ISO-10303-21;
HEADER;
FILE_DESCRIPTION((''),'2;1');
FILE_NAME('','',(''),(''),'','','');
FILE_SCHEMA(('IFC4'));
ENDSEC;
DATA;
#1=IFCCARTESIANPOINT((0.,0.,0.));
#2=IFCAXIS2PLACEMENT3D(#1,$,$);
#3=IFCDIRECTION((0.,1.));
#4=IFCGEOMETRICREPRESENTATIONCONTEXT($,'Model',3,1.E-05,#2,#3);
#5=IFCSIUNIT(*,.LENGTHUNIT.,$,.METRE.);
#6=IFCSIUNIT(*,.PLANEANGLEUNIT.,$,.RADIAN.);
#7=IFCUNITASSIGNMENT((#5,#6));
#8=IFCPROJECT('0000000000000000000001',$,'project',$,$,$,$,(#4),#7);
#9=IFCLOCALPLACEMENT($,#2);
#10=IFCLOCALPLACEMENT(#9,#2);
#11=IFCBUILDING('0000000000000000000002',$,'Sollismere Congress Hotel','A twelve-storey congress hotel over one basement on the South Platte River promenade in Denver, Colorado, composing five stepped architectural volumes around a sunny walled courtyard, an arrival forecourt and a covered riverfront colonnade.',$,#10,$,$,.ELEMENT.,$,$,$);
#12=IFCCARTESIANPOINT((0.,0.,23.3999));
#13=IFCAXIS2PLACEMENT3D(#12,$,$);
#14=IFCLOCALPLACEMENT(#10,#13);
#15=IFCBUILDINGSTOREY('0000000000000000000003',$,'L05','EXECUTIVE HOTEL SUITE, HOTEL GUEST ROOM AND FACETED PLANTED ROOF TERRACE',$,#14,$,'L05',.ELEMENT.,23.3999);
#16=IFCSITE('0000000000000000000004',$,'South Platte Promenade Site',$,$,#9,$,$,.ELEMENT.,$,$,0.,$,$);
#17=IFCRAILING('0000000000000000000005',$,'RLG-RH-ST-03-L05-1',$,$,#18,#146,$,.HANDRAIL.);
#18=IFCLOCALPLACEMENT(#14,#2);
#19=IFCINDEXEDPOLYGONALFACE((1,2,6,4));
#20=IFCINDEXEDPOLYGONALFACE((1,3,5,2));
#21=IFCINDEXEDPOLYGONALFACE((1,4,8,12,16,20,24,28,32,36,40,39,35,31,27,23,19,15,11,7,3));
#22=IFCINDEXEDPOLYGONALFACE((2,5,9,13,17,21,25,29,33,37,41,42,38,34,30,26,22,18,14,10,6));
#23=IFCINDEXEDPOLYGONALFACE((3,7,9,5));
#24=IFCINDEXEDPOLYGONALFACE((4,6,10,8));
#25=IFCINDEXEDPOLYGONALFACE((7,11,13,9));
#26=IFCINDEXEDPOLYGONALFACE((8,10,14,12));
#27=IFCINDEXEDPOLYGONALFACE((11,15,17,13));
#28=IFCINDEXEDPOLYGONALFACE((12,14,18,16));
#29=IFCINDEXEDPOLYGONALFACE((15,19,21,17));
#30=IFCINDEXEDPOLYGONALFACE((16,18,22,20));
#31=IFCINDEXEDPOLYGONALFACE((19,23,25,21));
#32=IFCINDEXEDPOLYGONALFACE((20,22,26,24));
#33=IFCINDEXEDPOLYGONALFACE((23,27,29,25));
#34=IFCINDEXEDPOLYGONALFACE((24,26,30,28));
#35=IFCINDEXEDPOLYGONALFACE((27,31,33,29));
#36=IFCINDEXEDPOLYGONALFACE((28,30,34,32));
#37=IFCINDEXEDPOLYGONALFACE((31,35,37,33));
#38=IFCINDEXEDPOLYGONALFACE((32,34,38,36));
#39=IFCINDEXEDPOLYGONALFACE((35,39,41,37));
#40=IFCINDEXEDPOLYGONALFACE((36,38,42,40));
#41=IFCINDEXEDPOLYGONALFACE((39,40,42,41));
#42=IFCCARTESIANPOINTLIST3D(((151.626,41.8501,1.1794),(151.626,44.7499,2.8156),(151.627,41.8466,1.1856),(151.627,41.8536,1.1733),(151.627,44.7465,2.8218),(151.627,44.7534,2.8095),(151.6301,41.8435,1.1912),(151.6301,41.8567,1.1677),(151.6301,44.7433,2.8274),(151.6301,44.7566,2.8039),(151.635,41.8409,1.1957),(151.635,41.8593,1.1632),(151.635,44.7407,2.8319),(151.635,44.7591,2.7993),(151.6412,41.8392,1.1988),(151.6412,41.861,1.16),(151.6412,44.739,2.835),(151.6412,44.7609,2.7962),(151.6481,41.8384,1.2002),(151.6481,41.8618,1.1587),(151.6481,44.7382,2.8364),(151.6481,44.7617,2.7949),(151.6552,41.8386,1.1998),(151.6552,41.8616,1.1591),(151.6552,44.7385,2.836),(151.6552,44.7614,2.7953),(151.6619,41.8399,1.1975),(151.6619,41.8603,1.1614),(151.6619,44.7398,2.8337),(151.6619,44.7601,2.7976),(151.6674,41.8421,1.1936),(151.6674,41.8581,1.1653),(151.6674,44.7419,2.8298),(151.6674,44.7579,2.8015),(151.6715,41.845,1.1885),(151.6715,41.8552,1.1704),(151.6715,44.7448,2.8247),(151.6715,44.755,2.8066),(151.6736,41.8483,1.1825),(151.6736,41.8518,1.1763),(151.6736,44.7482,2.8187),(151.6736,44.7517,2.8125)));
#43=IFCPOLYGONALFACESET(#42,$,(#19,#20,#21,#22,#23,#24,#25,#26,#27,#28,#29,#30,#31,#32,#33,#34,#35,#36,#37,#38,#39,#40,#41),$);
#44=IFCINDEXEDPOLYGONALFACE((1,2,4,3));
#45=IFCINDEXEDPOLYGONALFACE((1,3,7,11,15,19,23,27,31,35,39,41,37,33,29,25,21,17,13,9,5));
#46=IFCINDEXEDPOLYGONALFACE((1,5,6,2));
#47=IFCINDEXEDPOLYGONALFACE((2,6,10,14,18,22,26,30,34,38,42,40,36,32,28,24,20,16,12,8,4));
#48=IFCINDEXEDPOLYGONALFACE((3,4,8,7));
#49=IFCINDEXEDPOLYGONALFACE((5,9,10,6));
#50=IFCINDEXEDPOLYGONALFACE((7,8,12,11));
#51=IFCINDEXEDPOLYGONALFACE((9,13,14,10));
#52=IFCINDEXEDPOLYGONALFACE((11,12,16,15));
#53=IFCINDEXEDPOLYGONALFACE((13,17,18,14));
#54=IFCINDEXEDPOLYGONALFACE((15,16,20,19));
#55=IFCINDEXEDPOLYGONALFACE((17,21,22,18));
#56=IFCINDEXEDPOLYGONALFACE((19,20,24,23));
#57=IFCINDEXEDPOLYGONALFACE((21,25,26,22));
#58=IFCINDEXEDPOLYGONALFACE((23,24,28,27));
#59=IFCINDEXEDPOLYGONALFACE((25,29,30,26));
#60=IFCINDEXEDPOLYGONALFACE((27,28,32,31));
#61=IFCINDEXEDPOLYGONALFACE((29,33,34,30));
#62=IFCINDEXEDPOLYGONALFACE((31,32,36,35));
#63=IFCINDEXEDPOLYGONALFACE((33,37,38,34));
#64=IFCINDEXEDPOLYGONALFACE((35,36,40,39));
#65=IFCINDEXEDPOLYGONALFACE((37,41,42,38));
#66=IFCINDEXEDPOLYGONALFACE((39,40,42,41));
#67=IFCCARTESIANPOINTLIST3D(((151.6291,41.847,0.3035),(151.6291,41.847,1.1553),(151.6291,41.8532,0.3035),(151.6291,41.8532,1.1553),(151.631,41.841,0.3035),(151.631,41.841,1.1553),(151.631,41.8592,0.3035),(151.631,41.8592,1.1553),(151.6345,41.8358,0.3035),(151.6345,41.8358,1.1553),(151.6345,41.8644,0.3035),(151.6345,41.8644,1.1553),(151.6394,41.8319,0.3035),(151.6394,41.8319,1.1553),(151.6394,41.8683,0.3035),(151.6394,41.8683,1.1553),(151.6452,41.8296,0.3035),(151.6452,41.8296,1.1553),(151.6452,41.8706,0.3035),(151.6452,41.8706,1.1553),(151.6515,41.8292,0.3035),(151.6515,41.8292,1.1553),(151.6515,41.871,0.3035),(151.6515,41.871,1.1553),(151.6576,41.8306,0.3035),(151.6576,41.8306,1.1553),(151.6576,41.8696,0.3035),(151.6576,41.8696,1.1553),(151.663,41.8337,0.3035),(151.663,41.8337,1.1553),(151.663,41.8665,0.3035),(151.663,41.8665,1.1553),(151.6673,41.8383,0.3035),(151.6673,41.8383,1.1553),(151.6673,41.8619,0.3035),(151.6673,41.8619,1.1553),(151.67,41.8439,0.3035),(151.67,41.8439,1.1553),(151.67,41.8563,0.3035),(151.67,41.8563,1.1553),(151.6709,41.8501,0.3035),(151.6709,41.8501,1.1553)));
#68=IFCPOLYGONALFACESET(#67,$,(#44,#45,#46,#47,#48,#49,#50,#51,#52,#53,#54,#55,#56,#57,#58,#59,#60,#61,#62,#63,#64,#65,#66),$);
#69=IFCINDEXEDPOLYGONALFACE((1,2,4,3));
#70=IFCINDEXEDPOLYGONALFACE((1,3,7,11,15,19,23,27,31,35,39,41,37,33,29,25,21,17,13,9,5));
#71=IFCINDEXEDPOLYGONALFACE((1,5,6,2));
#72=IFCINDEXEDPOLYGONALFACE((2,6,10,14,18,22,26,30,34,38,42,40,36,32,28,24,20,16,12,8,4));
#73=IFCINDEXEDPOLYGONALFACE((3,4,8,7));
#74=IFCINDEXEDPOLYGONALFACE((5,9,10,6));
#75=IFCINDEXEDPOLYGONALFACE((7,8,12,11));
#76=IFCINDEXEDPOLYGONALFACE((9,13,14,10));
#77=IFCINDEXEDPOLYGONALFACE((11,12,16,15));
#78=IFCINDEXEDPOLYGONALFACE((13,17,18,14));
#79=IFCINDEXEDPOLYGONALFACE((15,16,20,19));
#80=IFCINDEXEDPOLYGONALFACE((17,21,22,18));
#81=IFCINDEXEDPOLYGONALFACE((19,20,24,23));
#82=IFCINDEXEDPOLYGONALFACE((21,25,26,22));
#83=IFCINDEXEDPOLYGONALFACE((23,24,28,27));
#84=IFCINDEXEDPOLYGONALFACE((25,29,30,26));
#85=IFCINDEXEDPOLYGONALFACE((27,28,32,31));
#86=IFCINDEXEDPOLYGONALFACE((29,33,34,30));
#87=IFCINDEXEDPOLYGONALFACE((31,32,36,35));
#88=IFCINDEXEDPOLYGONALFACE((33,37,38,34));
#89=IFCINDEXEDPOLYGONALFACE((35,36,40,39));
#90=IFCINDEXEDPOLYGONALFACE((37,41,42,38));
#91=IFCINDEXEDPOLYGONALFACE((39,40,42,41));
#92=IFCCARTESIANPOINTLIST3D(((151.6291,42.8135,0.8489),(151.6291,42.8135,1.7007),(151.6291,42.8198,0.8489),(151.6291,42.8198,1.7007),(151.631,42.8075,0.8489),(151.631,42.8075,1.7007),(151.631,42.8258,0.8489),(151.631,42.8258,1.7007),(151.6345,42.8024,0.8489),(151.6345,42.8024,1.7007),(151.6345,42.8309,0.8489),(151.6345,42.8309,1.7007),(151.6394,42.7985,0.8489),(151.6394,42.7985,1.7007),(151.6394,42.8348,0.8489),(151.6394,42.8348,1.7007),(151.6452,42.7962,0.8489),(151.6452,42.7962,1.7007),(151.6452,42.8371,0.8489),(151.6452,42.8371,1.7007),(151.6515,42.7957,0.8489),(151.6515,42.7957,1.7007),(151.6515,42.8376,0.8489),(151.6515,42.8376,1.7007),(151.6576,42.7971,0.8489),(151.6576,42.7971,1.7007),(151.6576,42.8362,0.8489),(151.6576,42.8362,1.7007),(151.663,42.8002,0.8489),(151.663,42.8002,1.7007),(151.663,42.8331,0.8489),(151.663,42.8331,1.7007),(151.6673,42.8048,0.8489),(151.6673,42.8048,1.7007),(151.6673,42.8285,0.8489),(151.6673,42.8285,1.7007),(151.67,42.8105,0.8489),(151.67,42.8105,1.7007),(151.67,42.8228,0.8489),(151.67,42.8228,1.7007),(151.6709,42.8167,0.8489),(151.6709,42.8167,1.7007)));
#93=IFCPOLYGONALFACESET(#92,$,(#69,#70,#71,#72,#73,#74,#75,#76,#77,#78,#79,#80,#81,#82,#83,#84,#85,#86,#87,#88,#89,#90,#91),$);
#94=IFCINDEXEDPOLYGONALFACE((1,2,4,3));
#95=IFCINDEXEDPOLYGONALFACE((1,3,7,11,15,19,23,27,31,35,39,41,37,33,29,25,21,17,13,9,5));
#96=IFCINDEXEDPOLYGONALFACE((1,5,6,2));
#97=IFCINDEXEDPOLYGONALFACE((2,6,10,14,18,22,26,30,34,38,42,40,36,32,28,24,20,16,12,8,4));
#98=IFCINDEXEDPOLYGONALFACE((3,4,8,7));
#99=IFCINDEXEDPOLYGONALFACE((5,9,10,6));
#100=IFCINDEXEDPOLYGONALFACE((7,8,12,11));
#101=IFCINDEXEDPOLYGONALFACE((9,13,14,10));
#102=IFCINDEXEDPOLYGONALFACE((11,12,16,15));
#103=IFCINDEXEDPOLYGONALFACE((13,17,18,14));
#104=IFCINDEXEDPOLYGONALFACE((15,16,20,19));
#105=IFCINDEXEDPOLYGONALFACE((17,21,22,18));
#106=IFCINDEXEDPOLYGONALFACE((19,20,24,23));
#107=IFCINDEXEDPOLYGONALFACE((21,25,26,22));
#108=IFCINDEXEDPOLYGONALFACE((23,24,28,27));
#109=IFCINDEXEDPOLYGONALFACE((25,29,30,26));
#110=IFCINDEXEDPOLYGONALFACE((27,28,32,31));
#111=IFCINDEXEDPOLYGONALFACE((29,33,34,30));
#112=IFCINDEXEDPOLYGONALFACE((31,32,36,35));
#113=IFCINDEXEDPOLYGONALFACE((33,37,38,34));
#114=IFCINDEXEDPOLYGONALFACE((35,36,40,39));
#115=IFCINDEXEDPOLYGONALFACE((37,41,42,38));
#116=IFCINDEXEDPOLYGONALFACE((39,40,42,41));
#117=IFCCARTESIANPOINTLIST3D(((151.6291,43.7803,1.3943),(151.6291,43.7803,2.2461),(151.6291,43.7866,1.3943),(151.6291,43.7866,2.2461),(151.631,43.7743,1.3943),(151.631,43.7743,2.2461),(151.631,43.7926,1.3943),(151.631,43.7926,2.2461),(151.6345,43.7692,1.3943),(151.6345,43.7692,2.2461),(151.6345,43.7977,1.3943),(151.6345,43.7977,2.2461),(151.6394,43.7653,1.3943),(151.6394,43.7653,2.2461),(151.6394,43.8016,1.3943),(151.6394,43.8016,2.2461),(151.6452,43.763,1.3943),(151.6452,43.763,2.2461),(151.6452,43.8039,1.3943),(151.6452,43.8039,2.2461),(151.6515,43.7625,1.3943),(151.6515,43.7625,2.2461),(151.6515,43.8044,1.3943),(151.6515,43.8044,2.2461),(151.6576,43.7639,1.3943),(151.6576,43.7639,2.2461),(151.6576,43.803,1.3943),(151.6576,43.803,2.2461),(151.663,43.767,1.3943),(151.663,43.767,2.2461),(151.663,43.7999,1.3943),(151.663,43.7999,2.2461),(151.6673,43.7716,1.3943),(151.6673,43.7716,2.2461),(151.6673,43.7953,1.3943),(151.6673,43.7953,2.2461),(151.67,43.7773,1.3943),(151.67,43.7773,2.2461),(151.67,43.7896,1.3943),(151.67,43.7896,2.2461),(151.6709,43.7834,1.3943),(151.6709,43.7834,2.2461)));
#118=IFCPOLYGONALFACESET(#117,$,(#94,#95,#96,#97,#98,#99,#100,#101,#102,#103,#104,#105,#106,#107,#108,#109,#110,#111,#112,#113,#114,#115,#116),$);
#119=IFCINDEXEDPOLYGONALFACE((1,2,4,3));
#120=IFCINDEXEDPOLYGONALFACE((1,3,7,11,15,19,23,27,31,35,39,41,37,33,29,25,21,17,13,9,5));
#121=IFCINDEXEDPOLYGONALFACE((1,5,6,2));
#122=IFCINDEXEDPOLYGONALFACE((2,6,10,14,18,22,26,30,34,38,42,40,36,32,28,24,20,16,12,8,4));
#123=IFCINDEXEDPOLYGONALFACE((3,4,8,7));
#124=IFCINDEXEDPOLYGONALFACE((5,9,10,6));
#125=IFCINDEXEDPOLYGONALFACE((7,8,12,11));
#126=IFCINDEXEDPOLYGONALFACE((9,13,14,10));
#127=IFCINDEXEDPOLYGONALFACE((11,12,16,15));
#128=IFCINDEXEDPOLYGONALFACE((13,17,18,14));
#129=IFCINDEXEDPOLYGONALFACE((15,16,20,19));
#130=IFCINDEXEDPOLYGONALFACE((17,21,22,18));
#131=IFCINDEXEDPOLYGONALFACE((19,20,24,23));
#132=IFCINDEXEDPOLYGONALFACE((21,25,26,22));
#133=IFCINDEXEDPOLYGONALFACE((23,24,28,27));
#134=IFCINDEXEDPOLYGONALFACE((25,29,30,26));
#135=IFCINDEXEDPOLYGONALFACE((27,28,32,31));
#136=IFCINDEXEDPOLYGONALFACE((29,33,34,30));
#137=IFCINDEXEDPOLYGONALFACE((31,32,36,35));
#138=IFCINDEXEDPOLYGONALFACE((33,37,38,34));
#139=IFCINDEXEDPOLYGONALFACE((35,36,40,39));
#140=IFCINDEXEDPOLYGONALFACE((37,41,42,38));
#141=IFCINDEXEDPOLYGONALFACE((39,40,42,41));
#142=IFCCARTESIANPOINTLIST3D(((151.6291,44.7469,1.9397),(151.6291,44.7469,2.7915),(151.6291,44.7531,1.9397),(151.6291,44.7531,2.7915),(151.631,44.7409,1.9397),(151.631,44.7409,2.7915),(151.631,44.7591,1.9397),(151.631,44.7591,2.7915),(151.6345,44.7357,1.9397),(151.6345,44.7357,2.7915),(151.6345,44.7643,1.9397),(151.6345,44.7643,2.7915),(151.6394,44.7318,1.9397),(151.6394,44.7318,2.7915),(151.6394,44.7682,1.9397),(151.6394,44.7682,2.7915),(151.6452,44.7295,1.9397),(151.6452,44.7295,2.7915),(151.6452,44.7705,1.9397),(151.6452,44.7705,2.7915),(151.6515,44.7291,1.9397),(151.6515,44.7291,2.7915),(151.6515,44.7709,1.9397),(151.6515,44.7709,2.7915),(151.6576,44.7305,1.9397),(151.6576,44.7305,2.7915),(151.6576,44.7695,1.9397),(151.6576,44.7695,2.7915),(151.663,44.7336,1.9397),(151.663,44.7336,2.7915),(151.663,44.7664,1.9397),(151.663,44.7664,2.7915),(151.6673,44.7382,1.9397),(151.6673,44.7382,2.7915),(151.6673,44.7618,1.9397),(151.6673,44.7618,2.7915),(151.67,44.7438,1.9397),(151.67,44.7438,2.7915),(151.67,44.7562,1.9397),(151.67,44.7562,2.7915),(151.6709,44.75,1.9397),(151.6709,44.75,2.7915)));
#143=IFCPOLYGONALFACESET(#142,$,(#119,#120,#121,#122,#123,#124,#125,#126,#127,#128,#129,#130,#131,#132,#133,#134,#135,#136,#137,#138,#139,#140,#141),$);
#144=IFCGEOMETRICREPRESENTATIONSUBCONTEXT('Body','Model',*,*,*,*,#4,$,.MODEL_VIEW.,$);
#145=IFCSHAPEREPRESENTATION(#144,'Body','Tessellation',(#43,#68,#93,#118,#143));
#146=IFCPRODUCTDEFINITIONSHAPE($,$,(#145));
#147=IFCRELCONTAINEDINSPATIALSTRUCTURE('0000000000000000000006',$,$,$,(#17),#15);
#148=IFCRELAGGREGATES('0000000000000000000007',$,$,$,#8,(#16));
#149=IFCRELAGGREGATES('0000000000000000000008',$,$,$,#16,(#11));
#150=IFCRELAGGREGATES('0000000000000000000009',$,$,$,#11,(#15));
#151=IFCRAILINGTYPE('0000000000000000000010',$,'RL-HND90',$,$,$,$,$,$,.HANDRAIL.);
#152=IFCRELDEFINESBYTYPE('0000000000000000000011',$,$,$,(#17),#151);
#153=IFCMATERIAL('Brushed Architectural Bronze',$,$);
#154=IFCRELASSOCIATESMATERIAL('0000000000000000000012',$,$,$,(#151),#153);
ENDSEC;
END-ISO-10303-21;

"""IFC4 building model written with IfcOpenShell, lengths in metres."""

from ifc_helpers import new_model, si_unit, direction, frame, origin, origin_2d, place, context, subcontext, project, spatial, circle, extrude, material, type_object, element, save


model = new_model("IFC4")

# Units and contexts
model_context = context("Model", 3, precision=1e-05, world=origin(), true_north=direction((0.0, 1.0)))
body_context = subcontext(model_context, "Body", "Model", "MODEL_VIEW")
ifc_project = project(units=[si_unit("LENGTHUNIT", "METRE"), si_unit("PLANEANGLEUNIT", "RADIAN")], contexts=[model_context])

# Site, building, storey
site_placement = place(None, origin())
site = spatial("IfcSite", under=ifc_project, at=site_placement, Name="South Platte Promenade Site", CompositionType="ELEMENT", RefElevation=0.0)
building_placement = place(site_placement, origin())
building = spatial("IfcBuilding", under=site, at=building_placement, Name="Sollismere Congress Hotel", Description="A twelve-storey congress hotel over one basement on the South Platte River promenade in Denver, Colorado, composing five stepped architectural volumes around a sunny walled courtyard, an arrival forecourt and a covered riverfront colonnade.", CompositionType="ELEMENT")
storey_placement = place(building_placement, frame((0.0, 0.0, 23.3999)))
storey = spatial("IfcBuildingStorey", under=building, at=storey_placement, Name="L05", Description="EXECUTIVE HOTEL SUITE, HOTEL GUEST ROOM AND FACETED PLANTED ROOF TERRACE", LongName="L05", CompositionType="ELEMENT", Elevation=23.3999)

# Railing
ifc_material_1 = material(Name="Brushed Architectural Bronze")
railing_type_1 = type_object("IfcRailingType", Name="RL-HND90", PredefinedType="HANDRAIL", material=ifc_material_1)
railing_1_placement = place(storey_placement, frame((151.6499, 41.8501, 0.3035)))
element("IfcRailing", 1, at=railing_1_placement, inside=storey, type_object=railing_type_1, Name="RLG-RH-ST-03-L05-1", PredefinedType="HANDRAIL", context=body_context, shape_type="SweptSolid", body=[
    extrude(circle(Radius=0.0239, at=origin_2d()), frame((0.0, 0.0, 0.876), z_axis=(0.0, 0.870929, 0.49141), x_axis=(-1.0, 0.0, 0.0)), (0.0, 0.0, 1.0), 3.3296),
    extrude(circle(Radius=0.021, at=origin_2d()), origin(), (0.0, 0.0, 1.0), 0.8518),
    extrude(circle(Radius=0.021, at=origin_2d()), frame((0.0, 0.9666, 0.5454)), (0.0, 0.0, 1.0), 0.8518),
    extrude(circle(Radius=0.021, at=origin_2d()), frame((0.0, 1.9333, 1.0908)), (0.0, 0.0, 1.0), 0.8518),
    extrude(circle(Radius=0.021, at=origin_2d()), frame((0.0, 2.8999, 1.6362)), (0.0, 0.0, 1.0), 0.8518),
])

save(model, "model.ifc")
